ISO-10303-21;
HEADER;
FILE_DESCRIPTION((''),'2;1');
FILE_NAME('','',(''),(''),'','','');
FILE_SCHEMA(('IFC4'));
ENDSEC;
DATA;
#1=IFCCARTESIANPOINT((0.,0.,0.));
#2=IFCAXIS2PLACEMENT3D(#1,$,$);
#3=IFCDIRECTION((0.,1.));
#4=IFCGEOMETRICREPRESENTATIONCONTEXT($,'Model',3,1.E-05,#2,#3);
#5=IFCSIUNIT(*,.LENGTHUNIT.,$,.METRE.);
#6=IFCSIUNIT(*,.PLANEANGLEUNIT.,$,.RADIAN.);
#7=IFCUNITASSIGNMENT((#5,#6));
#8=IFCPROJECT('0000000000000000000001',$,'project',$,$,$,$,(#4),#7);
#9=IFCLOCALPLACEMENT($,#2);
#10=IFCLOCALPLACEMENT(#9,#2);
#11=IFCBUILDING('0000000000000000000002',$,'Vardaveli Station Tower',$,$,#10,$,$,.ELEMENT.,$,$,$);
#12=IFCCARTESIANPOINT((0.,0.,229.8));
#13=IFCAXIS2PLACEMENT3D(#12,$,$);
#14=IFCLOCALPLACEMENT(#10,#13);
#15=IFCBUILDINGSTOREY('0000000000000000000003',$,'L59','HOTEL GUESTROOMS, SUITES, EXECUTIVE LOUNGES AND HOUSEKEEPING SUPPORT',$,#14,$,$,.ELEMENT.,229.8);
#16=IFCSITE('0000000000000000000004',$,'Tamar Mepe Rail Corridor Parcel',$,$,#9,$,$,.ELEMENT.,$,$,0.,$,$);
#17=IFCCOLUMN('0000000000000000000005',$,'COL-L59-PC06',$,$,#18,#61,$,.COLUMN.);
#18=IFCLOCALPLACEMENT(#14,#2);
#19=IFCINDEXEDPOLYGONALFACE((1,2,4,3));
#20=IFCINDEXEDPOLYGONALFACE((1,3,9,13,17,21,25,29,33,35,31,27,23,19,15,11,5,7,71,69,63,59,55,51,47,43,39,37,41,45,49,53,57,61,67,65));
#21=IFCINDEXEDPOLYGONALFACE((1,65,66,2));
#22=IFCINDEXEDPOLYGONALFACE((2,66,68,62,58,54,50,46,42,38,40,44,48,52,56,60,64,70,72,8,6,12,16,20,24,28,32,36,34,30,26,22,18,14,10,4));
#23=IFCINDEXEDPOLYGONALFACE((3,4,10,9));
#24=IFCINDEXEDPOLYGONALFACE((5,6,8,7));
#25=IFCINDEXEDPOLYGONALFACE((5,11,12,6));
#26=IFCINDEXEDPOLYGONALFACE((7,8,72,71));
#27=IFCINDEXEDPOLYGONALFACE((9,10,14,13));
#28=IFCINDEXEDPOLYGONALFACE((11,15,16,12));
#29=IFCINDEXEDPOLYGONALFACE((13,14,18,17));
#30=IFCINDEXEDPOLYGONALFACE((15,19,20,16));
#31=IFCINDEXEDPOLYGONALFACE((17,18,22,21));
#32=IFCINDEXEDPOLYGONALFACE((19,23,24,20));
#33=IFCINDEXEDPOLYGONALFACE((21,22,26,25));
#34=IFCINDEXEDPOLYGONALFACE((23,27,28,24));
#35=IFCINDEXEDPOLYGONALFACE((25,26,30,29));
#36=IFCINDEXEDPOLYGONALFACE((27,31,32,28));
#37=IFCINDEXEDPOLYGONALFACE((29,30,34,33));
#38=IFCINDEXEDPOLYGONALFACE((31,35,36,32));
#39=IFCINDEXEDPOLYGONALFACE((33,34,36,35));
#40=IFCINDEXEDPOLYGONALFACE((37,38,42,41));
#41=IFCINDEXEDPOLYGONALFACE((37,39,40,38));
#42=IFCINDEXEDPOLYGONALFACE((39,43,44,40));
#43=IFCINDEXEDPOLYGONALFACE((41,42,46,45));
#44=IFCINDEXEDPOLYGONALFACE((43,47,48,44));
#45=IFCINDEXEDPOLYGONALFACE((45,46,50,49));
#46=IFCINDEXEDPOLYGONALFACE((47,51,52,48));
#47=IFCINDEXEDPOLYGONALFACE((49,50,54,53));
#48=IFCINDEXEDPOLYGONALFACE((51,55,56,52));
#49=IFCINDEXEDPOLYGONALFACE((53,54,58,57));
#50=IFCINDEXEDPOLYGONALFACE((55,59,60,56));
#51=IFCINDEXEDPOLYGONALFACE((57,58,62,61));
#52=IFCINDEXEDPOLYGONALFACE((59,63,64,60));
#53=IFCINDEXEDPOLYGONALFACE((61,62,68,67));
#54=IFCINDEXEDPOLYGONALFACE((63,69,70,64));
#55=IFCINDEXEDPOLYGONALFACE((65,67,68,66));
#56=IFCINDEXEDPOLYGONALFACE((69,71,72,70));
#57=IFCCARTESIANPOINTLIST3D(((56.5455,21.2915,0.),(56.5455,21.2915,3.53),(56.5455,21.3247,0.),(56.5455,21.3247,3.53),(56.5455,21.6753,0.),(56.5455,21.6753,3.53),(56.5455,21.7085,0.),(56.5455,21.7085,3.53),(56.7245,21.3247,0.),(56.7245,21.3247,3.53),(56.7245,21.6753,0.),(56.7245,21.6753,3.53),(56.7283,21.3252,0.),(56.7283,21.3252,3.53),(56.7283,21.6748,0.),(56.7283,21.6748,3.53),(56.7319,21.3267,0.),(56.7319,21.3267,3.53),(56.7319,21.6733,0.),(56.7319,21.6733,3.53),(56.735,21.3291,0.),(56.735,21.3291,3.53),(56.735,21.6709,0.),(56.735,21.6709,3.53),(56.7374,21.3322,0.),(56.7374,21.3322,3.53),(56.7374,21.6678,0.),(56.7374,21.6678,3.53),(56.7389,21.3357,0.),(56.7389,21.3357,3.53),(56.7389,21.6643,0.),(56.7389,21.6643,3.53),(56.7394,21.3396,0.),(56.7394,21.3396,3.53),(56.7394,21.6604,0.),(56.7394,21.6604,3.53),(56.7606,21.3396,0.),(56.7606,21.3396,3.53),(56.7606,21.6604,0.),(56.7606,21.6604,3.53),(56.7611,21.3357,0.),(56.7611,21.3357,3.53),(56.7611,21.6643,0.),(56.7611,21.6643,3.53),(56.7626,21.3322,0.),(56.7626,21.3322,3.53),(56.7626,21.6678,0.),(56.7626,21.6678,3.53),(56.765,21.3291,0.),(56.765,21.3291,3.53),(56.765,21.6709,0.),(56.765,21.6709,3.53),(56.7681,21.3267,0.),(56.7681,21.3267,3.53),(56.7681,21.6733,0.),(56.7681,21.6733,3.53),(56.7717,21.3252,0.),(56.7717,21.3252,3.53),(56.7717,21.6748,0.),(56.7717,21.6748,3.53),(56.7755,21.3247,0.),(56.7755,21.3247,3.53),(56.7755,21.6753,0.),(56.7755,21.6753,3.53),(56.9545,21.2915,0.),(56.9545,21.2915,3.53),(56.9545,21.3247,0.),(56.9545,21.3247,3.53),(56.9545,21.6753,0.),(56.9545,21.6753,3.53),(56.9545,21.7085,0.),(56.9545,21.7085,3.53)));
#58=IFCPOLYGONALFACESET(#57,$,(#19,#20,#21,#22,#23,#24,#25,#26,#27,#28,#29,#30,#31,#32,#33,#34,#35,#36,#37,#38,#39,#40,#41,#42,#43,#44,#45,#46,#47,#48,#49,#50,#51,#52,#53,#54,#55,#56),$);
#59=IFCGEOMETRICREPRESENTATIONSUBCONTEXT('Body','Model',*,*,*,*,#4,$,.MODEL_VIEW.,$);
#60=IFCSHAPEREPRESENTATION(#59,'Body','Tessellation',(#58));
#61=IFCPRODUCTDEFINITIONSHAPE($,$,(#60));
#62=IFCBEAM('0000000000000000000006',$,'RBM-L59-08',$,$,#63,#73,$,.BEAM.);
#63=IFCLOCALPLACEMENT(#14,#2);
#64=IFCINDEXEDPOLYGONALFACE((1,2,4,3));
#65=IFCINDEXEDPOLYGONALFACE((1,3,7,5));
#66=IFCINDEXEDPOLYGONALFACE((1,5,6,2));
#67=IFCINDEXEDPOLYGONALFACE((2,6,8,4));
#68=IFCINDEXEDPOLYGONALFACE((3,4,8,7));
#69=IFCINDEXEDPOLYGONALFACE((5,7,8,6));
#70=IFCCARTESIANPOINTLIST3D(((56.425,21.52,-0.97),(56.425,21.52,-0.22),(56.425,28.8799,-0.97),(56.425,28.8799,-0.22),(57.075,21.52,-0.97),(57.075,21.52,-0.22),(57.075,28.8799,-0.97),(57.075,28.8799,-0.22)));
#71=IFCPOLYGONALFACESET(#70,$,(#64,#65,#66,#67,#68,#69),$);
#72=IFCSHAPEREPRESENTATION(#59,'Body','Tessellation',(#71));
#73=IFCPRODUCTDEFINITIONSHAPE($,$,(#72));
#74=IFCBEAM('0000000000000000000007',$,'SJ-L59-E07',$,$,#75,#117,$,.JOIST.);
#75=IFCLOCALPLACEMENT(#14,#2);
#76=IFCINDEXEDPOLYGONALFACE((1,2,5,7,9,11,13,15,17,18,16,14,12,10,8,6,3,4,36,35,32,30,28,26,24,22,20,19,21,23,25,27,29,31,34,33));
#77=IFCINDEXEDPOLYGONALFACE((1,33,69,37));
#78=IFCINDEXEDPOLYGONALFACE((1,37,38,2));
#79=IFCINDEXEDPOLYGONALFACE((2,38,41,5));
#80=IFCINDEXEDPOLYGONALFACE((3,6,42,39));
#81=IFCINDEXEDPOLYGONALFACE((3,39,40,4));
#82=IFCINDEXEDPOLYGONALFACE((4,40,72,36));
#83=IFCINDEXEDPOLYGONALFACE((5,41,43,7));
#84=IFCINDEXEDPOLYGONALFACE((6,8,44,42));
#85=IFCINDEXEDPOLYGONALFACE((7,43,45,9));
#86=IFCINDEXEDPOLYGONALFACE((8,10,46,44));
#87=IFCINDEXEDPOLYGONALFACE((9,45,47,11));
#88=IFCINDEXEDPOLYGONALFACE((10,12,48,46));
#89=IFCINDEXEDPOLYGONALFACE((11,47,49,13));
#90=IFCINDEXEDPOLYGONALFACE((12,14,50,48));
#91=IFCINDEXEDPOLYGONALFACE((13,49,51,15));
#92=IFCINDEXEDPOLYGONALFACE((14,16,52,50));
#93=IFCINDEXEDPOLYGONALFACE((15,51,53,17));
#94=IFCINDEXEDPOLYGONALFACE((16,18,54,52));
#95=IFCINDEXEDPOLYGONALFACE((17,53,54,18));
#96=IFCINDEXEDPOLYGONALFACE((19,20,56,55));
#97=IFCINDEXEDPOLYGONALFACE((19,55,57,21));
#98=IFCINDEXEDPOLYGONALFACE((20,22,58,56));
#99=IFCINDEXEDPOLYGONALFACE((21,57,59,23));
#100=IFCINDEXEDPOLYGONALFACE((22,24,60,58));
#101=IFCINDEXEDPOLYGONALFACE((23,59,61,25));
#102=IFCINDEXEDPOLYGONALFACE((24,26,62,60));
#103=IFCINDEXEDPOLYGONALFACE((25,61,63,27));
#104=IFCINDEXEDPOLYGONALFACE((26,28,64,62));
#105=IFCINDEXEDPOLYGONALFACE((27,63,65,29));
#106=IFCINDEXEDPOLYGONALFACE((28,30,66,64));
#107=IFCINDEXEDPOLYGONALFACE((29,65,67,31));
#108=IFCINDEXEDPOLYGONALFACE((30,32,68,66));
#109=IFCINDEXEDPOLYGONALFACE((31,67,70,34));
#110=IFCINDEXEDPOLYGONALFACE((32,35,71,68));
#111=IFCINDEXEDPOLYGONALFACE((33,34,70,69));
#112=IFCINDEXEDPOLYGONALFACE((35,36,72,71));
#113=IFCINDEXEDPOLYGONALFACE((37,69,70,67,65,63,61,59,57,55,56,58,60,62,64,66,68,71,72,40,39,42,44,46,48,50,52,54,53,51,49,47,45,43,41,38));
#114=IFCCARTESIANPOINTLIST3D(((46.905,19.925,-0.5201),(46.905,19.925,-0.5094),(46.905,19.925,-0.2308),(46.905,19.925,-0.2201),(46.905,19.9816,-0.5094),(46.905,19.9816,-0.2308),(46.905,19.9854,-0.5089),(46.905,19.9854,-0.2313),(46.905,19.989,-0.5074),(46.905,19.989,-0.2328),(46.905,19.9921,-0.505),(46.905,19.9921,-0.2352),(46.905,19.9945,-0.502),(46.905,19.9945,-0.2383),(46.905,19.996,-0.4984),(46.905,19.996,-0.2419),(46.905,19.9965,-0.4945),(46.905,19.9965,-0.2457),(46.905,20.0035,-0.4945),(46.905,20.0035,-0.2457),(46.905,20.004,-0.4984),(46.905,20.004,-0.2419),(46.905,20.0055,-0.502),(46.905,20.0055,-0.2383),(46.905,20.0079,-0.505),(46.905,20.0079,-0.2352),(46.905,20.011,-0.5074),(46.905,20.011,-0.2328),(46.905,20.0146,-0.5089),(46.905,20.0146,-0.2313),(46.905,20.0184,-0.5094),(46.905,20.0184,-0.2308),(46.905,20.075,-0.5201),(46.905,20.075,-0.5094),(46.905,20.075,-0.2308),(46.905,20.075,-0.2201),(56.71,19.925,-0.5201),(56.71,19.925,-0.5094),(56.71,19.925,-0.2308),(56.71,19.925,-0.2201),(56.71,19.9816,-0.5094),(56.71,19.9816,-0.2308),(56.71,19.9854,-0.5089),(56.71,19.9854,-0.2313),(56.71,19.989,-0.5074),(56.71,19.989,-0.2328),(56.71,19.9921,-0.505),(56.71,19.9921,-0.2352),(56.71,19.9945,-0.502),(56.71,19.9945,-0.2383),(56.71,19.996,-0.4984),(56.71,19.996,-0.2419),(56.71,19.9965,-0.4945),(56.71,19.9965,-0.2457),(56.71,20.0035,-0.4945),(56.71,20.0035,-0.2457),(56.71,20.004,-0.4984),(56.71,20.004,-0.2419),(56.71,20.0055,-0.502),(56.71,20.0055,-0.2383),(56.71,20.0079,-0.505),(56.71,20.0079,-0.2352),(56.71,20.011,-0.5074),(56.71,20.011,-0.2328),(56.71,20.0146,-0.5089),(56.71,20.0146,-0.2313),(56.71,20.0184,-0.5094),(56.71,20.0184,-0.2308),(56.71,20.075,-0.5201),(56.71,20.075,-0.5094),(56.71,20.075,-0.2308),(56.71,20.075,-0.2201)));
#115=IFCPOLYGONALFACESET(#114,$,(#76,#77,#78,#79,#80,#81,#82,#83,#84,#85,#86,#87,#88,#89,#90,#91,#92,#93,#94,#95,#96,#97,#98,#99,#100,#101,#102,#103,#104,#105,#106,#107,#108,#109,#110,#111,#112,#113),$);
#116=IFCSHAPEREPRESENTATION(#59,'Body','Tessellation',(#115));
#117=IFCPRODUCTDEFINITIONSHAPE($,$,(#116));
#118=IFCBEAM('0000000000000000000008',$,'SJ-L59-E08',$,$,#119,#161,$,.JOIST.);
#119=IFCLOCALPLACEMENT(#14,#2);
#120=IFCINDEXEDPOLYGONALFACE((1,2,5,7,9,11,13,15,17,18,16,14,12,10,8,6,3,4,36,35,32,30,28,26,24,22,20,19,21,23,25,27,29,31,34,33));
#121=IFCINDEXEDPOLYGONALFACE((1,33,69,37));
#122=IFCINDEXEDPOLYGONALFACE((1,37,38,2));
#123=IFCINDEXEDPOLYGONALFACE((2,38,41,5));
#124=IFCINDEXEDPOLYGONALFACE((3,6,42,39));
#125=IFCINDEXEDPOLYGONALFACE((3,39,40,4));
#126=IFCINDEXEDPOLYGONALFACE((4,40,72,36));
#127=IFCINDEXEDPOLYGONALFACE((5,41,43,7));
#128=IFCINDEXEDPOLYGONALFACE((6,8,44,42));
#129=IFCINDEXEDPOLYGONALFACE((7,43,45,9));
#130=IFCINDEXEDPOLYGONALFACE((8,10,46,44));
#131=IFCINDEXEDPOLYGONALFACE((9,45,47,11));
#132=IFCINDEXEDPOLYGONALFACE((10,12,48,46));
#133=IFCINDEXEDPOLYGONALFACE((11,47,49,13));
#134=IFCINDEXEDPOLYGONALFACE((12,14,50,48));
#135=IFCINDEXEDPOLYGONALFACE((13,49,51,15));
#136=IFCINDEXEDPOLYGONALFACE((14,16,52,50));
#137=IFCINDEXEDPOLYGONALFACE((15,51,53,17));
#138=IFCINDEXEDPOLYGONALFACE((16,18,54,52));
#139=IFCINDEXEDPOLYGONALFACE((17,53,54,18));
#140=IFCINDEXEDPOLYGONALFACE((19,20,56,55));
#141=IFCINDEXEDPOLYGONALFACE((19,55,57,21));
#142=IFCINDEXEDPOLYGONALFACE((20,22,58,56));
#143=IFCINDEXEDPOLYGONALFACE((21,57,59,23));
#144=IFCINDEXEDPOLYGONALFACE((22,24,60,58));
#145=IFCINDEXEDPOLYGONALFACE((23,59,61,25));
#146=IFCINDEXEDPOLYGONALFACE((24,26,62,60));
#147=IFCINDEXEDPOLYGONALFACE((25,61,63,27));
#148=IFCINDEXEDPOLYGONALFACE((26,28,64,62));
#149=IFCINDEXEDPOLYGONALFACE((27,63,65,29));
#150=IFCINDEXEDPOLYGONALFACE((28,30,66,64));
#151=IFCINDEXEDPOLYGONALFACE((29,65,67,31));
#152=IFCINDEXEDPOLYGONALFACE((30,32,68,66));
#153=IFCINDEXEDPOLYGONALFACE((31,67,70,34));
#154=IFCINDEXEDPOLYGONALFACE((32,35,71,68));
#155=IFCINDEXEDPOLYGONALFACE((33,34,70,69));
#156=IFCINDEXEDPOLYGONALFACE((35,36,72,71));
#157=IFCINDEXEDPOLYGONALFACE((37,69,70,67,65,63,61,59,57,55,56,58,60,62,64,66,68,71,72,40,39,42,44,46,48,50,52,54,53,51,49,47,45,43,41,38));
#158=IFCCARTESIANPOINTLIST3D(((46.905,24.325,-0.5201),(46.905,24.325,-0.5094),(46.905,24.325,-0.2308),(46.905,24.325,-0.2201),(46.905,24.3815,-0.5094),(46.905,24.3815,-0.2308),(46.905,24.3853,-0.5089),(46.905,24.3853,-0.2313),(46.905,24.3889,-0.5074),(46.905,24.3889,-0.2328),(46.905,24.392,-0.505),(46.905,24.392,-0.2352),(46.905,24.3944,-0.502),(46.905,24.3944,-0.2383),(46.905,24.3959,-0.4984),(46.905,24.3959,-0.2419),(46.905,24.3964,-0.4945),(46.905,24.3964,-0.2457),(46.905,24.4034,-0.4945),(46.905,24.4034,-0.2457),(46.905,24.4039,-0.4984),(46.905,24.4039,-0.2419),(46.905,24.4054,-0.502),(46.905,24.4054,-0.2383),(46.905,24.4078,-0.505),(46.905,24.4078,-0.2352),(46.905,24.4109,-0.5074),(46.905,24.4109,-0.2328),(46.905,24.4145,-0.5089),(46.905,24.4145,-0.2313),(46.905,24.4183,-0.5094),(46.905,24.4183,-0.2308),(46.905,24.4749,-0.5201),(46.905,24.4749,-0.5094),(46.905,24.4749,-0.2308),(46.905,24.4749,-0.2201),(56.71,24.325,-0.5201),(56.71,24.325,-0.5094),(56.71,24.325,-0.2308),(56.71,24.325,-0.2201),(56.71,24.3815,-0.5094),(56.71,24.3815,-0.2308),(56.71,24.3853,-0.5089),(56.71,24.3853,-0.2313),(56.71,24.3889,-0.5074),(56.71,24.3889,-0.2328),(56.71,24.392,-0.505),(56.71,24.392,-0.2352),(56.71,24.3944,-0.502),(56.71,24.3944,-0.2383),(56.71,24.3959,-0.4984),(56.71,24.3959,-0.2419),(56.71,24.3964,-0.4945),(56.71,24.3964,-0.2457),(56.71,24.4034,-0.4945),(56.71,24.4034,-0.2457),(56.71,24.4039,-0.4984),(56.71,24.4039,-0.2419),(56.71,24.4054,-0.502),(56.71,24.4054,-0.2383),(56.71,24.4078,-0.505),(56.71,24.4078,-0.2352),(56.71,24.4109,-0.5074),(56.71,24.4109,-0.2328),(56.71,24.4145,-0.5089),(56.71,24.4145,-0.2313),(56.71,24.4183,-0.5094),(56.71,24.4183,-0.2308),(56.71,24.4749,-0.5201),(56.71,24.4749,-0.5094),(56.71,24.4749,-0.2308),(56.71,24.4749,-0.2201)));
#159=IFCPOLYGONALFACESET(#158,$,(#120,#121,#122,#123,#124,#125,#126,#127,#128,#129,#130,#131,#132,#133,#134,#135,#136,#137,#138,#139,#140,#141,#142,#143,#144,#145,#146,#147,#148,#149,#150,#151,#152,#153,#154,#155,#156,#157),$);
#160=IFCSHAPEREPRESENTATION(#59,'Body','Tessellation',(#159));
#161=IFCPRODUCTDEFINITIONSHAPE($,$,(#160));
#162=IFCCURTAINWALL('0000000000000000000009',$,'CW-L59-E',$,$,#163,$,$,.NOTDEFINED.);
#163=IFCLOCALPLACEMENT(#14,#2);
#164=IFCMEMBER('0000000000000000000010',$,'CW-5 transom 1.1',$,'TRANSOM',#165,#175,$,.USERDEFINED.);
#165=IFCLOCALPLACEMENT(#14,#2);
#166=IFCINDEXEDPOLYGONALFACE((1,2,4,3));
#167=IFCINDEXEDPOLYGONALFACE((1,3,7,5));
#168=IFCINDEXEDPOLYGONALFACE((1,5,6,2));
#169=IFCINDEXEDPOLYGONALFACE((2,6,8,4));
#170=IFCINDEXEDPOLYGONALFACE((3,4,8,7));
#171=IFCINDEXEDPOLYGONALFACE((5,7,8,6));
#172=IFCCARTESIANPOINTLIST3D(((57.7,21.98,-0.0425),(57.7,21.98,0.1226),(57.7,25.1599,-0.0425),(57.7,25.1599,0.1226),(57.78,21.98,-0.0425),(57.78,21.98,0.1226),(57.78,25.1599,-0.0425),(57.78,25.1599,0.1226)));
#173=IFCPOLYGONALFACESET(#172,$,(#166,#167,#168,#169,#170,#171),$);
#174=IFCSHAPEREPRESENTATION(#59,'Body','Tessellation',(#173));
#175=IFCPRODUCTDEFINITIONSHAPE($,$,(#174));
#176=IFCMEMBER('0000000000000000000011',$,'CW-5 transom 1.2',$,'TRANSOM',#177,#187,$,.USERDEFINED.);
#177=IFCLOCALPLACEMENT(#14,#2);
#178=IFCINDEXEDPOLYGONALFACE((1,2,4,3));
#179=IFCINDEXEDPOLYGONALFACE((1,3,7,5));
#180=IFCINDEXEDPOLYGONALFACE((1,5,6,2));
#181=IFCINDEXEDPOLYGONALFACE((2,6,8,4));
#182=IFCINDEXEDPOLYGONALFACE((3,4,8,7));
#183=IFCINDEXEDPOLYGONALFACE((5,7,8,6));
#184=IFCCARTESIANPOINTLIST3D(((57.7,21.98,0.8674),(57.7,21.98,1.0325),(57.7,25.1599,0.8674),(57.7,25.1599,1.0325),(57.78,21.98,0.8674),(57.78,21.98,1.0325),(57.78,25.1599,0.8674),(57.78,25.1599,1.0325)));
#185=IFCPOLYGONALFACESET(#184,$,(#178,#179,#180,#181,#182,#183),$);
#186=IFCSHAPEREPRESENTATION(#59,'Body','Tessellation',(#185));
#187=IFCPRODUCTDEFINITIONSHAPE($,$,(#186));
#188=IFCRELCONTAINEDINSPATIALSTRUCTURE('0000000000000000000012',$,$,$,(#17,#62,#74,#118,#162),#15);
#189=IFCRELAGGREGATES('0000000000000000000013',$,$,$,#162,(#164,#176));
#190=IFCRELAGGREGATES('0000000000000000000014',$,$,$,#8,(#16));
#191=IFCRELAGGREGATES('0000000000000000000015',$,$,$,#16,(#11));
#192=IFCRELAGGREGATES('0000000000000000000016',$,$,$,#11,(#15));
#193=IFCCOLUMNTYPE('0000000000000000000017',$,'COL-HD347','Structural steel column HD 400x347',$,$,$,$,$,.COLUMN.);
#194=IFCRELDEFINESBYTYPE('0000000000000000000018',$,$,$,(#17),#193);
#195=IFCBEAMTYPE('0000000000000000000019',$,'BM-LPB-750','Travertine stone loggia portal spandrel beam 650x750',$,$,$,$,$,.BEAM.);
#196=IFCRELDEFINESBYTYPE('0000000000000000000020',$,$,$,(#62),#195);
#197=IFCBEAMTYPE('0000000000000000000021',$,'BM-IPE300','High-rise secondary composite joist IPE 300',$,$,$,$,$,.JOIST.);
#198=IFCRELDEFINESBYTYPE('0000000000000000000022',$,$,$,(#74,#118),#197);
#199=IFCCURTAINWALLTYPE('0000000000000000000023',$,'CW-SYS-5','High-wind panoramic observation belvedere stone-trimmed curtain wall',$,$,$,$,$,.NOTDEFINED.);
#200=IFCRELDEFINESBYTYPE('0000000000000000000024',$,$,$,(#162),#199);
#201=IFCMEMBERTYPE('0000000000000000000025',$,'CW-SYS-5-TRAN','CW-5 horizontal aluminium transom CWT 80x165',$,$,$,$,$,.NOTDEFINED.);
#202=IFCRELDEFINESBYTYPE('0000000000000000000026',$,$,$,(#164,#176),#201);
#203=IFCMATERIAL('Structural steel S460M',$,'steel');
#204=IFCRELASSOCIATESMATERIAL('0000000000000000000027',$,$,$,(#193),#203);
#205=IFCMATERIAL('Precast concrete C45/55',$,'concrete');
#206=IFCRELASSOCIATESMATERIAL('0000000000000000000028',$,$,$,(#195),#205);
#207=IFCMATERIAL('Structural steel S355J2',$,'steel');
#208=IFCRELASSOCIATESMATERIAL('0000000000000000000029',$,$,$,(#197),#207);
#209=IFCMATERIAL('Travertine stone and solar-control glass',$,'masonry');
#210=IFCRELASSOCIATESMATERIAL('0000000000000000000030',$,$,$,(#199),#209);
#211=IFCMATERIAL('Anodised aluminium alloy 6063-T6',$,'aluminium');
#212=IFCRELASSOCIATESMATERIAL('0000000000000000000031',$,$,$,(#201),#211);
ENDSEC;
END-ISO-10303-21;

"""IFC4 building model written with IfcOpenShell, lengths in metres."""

from ifc_helpers import new_model, si_unit, direction, frame, origin, origin_2d, place, context, subcontext, project, spatial, rectangle, i_section, extrude, source, transform, mapped, material, material_profile, profile_set, type_object, element, aggregate, save


model = new_model("IFC4")

# Units and contexts
model_context = context("Model", 3, precision=1e-05, world=origin(), true_north=direction((0.0, 1.0)))
body_context = subcontext(model_context, "Body", "Model", "MODEL_VIEW")
ifc_project = project(units=[si_unit("LENGTHUNIT", "METRE"), si_unit("PLANEANGLEUNIT", "RADIAN")], contexts=[model_context])

# Site, building, storey
site_placement = place(None, origin())
site = spatial("IfcSite", under=ifc_project, at=site_placement, Name="Tamar Mepe Rail Corridor Parcel", CompositionType="ELEMENT", RefElevation=0.0)
building_placement = place(site_placement, origin())
building = spatial("IfcBuilding", under=site, at=building_placement, Name="Vardaveli Station Tower", CompositionType="ELEMENT")
storey_placement = place(building_placement, frame((0.0, 0.0, 229.8)))
storey = spatial("IfcBuildingStorey", under=building, at=storey_placement, Name="L59", Description="HOTEL GUESTROOMS, SUITES, EXECUTIVE LOUNGES AND HOUSEKEEPING SUPPORT", CompositionType="ELEMENT", Elevation=229.8)

# Column
ifc_material_1 = material(Name="Structural steel S460M", Category="steel")
ifc_material_profile_1 = material_profile(ifc_material_1, i_section(OverallWidth=0.4089, OverallDepth=0.417, WebThickness=0.0212, FlangeThickness=0.0332, FilletRadius=0.0149, at=origin_2d()), Name="HD 400x347")
ifc_profile_set_1 = profile_set([ifc_material_profile_1], Name="Structural steel S460M")
column_type = type_object("IfcColumnType", Name="COL-HD347", Description="Structural steel column HD 400x347", PredefinedType="COLUMN", material=ifc_profile_set_1)
shared_shape_1 = source(origin(), body_context, "Body", "SweptSolid", [
    extrude(i_section(OverallWidth=0.4089, OverallDepth=0.417, WebThickness=0.0212, FlangeThickness=0.0332, FilletRadius=0.0149, at=origin_2d()), origin(), (0.0, 0.0, 1.0), 3.53),
])
column_placement = place(storey_placement, frame((56.75, 21.5, 0.0), z_axis=(0.0, 0.0, 1.0), x_axis=(1.0, 0.0, 0.0)))
element("IfcColumn", 1, at=column_placement, inside=storey, type_object=column_type, Name="COL-L59-PC06", PredefinedType="COLUMN", context=body_context, shape_type="MappedRepresentation", body=[
    mapped(shared_shape_1, transform((0.0, 0.0, 0.0), scale=1.0)),
])

# Beams
ifc_material_2 = material(Name="Precast concrete C45/55", Category="concrete")
ifc_material_profile_2 = material_profile(ifc_material_2, rectangle(XDim=0.6499, YDim=0.75, at=origin_2d()), Name="LPB 650x750")
ifc_profile_set_2 = profile_set([ifc_material_profile_2], Name="Precast concrete C45/55")
beam_type_1 = type_object("IfcBeamType", Name="BM-LPB-750", Description="Travertine stone loggia portal spandrel beam 650x750", PredefinedType="BEAM", material=ifc_profile_set_2)
shared_shape_2 = source(origin(), body_context, "Body", "SweptSolid", [
    extrude(rectangle(XDim=0.6499, YDim=0.75, at=origin_2d()), origin(), (0.0, 0.0, 1.0), 7.3599),
])
beam_placement = place(storey_placement, frame((56.75, 21.52, -0.595), z_axis=(0.0, 1.0, 0.0), x_axis=(-1.0, 0.0, 0.0)))
element("IfcBeam", 2, at=beam_placement, inside=storey, type_object=beam_type_1, Name="RBM-L59-08", PredefinedType="BEAM", context=body_context, shape_type="MappedRepresentation", body=[
    mapped(shared_shape_2, transform((0.0, 0.0, 0.0), scale=1.0)),
])
ifc_material_3 = material(Name="Structural steel S355J2", Category="steel")
ifc_material_profile_3 = material_profile(ifc_material_3, i_section(OverallWidth=0.1499, OverallDepth=0.3, WebThickness=0.0071, FlangeThickness=0.0107, FilletRadius=0.0149, at=origin_2d()), Name="IPE 300")
ifc_profile_set_3 = profile_set([ifc_material_profile_3], Name="Structural steel S355J2")
beam_type_2 = type_object("IfcBeamType", Name="BM-IPE300", Description="High-rise secondary composite joist IPE 300", PredefinedType="JOIST", material=ifc_profile_set_3)
shared_shape_3 = source(origin(), body_context, "Body", "SweptSolid", [
    extrude(i_section(OverallWidth=0.1499, OverallDepth=0.3, WebThickness=0.0071, FlangeThickness=0.0107, FilletRadius=0.0149, at=origin_2d()), origin(), (0.0, 0.0, 1.0), 9.8049),
])
for number, where, z_axis, x_axis, name in (
    (3, (46.905, 20.0, -0.3701), (1.0, 0.0, 0.0), (0.0, 1.0, 0.0), "SJ-L59-E07"),
    (4, (46.905, 24.3999, -0.3701), (1.0, 0.0, 0.0), (0.0, 1.0, 0.0), "SJ-L59-E08"),
):
    element("IfcBeam", number, at=place(storey_placement, frame(where, z_axis=z_axis, x_axis=x_axis)), inside=storey, type_object=beam_type_2, Name=name, PredefinedType="JOIST", context=body_context, shape_type="MappedRepresentation", body=[
        mapped(shared_shape_3, transform((0.0, 0.0, 0.0), scale=1.0)),
    ])

# Curtain wall, members
ifc_material_4 = material(Name="Travertine stone and solar-control glass", Category="masonry")
curtain_wall_type = type_object("IfcCurtainWallType", Name="CW-SYS-5", Description="High-wind panoramic observation belvedere stone-trimmed curtain wall", PredefinedType="NOTDEFINED", material=ifc_material_4)
curtain_wall_placement = place(storey_placement, origin())
curtain_wall = element("IfcCurtainWall", 5, at=curtain_wall_placement, inside=storey, type_object=curtain_wall_type, Name="CW-L59-E", PredefinedType="NOTDEFINED")
ifc_material_5 = material(Name="Anodised aluminium alloy 6063-T6", Category="aluminium")
ifc_material_profile_4 = material_profile(ifc_material_5, rectangle(XDim=0.0801, YDim=0.165, at=origin_2d()), Name="CWT 80x165")
ifc_profile_set_4 = profile_set([ifc_material_profile_4], Name="Anodised aluminium alloy 6063-T6")
member_type_1 = type_object("IfcMemberType", Name="CW-SYS-5-TRAN", Description="CW-5 horizontal aluminium transom CWT 80x165", PredefinedType="NOTDEFINED", material=ifc_profile_set_4)
shared_shape_4 = source(origin(), body_context, "Body", "SweptSolid", [
    extrude(rectangle(XDim=0.0801, YDim=0.165, at=origin_2d()), origin(), (0.0, 0.0, 1.0), 3.1799),
])
member_1_placement = place(storey_placement, frame((57.74, 21.98, 0.04), z_axis=(0.0, 1.0, 0.0), x_axis=(-1.0, 0.0, 0.0)))
member_1 = element("IfcMember", 6, at=member_1_placement, type_object=member_type_1, Name="CW-5 transom 1.1", ObjectType="TRANSOM", PredefinedType="USERDEFINED", context=body_context, shape_type="MappedRepresentation", body=[
    mapped(shared_shape_4, transform((0.0, 0.0, 0.0), scale=1.0)),
])
member_2_placement = place(storey_placement, frame((57.74, 21.98, 0.95), z_axis=(0.0, 1.0, 0.0), x_axis=(-1.0, 0.0, 0.0)))
member_2 = element("IfcMember", 7, at=member_2_placement, type_object=member_type_1, Name="CW-5 transom 1.2", ObjectType="TRANSOM", PredefinedType="USERDEFINED", context=body_context, shape_type="MappedRepresentation", body=[
    mapped(shared_shape_4, transform((0.0, 0.0, 0.0), scale=1.0)),
])
aggregate(curtain_wall, [member_1, member_2])

save(model, "model.ifc")
